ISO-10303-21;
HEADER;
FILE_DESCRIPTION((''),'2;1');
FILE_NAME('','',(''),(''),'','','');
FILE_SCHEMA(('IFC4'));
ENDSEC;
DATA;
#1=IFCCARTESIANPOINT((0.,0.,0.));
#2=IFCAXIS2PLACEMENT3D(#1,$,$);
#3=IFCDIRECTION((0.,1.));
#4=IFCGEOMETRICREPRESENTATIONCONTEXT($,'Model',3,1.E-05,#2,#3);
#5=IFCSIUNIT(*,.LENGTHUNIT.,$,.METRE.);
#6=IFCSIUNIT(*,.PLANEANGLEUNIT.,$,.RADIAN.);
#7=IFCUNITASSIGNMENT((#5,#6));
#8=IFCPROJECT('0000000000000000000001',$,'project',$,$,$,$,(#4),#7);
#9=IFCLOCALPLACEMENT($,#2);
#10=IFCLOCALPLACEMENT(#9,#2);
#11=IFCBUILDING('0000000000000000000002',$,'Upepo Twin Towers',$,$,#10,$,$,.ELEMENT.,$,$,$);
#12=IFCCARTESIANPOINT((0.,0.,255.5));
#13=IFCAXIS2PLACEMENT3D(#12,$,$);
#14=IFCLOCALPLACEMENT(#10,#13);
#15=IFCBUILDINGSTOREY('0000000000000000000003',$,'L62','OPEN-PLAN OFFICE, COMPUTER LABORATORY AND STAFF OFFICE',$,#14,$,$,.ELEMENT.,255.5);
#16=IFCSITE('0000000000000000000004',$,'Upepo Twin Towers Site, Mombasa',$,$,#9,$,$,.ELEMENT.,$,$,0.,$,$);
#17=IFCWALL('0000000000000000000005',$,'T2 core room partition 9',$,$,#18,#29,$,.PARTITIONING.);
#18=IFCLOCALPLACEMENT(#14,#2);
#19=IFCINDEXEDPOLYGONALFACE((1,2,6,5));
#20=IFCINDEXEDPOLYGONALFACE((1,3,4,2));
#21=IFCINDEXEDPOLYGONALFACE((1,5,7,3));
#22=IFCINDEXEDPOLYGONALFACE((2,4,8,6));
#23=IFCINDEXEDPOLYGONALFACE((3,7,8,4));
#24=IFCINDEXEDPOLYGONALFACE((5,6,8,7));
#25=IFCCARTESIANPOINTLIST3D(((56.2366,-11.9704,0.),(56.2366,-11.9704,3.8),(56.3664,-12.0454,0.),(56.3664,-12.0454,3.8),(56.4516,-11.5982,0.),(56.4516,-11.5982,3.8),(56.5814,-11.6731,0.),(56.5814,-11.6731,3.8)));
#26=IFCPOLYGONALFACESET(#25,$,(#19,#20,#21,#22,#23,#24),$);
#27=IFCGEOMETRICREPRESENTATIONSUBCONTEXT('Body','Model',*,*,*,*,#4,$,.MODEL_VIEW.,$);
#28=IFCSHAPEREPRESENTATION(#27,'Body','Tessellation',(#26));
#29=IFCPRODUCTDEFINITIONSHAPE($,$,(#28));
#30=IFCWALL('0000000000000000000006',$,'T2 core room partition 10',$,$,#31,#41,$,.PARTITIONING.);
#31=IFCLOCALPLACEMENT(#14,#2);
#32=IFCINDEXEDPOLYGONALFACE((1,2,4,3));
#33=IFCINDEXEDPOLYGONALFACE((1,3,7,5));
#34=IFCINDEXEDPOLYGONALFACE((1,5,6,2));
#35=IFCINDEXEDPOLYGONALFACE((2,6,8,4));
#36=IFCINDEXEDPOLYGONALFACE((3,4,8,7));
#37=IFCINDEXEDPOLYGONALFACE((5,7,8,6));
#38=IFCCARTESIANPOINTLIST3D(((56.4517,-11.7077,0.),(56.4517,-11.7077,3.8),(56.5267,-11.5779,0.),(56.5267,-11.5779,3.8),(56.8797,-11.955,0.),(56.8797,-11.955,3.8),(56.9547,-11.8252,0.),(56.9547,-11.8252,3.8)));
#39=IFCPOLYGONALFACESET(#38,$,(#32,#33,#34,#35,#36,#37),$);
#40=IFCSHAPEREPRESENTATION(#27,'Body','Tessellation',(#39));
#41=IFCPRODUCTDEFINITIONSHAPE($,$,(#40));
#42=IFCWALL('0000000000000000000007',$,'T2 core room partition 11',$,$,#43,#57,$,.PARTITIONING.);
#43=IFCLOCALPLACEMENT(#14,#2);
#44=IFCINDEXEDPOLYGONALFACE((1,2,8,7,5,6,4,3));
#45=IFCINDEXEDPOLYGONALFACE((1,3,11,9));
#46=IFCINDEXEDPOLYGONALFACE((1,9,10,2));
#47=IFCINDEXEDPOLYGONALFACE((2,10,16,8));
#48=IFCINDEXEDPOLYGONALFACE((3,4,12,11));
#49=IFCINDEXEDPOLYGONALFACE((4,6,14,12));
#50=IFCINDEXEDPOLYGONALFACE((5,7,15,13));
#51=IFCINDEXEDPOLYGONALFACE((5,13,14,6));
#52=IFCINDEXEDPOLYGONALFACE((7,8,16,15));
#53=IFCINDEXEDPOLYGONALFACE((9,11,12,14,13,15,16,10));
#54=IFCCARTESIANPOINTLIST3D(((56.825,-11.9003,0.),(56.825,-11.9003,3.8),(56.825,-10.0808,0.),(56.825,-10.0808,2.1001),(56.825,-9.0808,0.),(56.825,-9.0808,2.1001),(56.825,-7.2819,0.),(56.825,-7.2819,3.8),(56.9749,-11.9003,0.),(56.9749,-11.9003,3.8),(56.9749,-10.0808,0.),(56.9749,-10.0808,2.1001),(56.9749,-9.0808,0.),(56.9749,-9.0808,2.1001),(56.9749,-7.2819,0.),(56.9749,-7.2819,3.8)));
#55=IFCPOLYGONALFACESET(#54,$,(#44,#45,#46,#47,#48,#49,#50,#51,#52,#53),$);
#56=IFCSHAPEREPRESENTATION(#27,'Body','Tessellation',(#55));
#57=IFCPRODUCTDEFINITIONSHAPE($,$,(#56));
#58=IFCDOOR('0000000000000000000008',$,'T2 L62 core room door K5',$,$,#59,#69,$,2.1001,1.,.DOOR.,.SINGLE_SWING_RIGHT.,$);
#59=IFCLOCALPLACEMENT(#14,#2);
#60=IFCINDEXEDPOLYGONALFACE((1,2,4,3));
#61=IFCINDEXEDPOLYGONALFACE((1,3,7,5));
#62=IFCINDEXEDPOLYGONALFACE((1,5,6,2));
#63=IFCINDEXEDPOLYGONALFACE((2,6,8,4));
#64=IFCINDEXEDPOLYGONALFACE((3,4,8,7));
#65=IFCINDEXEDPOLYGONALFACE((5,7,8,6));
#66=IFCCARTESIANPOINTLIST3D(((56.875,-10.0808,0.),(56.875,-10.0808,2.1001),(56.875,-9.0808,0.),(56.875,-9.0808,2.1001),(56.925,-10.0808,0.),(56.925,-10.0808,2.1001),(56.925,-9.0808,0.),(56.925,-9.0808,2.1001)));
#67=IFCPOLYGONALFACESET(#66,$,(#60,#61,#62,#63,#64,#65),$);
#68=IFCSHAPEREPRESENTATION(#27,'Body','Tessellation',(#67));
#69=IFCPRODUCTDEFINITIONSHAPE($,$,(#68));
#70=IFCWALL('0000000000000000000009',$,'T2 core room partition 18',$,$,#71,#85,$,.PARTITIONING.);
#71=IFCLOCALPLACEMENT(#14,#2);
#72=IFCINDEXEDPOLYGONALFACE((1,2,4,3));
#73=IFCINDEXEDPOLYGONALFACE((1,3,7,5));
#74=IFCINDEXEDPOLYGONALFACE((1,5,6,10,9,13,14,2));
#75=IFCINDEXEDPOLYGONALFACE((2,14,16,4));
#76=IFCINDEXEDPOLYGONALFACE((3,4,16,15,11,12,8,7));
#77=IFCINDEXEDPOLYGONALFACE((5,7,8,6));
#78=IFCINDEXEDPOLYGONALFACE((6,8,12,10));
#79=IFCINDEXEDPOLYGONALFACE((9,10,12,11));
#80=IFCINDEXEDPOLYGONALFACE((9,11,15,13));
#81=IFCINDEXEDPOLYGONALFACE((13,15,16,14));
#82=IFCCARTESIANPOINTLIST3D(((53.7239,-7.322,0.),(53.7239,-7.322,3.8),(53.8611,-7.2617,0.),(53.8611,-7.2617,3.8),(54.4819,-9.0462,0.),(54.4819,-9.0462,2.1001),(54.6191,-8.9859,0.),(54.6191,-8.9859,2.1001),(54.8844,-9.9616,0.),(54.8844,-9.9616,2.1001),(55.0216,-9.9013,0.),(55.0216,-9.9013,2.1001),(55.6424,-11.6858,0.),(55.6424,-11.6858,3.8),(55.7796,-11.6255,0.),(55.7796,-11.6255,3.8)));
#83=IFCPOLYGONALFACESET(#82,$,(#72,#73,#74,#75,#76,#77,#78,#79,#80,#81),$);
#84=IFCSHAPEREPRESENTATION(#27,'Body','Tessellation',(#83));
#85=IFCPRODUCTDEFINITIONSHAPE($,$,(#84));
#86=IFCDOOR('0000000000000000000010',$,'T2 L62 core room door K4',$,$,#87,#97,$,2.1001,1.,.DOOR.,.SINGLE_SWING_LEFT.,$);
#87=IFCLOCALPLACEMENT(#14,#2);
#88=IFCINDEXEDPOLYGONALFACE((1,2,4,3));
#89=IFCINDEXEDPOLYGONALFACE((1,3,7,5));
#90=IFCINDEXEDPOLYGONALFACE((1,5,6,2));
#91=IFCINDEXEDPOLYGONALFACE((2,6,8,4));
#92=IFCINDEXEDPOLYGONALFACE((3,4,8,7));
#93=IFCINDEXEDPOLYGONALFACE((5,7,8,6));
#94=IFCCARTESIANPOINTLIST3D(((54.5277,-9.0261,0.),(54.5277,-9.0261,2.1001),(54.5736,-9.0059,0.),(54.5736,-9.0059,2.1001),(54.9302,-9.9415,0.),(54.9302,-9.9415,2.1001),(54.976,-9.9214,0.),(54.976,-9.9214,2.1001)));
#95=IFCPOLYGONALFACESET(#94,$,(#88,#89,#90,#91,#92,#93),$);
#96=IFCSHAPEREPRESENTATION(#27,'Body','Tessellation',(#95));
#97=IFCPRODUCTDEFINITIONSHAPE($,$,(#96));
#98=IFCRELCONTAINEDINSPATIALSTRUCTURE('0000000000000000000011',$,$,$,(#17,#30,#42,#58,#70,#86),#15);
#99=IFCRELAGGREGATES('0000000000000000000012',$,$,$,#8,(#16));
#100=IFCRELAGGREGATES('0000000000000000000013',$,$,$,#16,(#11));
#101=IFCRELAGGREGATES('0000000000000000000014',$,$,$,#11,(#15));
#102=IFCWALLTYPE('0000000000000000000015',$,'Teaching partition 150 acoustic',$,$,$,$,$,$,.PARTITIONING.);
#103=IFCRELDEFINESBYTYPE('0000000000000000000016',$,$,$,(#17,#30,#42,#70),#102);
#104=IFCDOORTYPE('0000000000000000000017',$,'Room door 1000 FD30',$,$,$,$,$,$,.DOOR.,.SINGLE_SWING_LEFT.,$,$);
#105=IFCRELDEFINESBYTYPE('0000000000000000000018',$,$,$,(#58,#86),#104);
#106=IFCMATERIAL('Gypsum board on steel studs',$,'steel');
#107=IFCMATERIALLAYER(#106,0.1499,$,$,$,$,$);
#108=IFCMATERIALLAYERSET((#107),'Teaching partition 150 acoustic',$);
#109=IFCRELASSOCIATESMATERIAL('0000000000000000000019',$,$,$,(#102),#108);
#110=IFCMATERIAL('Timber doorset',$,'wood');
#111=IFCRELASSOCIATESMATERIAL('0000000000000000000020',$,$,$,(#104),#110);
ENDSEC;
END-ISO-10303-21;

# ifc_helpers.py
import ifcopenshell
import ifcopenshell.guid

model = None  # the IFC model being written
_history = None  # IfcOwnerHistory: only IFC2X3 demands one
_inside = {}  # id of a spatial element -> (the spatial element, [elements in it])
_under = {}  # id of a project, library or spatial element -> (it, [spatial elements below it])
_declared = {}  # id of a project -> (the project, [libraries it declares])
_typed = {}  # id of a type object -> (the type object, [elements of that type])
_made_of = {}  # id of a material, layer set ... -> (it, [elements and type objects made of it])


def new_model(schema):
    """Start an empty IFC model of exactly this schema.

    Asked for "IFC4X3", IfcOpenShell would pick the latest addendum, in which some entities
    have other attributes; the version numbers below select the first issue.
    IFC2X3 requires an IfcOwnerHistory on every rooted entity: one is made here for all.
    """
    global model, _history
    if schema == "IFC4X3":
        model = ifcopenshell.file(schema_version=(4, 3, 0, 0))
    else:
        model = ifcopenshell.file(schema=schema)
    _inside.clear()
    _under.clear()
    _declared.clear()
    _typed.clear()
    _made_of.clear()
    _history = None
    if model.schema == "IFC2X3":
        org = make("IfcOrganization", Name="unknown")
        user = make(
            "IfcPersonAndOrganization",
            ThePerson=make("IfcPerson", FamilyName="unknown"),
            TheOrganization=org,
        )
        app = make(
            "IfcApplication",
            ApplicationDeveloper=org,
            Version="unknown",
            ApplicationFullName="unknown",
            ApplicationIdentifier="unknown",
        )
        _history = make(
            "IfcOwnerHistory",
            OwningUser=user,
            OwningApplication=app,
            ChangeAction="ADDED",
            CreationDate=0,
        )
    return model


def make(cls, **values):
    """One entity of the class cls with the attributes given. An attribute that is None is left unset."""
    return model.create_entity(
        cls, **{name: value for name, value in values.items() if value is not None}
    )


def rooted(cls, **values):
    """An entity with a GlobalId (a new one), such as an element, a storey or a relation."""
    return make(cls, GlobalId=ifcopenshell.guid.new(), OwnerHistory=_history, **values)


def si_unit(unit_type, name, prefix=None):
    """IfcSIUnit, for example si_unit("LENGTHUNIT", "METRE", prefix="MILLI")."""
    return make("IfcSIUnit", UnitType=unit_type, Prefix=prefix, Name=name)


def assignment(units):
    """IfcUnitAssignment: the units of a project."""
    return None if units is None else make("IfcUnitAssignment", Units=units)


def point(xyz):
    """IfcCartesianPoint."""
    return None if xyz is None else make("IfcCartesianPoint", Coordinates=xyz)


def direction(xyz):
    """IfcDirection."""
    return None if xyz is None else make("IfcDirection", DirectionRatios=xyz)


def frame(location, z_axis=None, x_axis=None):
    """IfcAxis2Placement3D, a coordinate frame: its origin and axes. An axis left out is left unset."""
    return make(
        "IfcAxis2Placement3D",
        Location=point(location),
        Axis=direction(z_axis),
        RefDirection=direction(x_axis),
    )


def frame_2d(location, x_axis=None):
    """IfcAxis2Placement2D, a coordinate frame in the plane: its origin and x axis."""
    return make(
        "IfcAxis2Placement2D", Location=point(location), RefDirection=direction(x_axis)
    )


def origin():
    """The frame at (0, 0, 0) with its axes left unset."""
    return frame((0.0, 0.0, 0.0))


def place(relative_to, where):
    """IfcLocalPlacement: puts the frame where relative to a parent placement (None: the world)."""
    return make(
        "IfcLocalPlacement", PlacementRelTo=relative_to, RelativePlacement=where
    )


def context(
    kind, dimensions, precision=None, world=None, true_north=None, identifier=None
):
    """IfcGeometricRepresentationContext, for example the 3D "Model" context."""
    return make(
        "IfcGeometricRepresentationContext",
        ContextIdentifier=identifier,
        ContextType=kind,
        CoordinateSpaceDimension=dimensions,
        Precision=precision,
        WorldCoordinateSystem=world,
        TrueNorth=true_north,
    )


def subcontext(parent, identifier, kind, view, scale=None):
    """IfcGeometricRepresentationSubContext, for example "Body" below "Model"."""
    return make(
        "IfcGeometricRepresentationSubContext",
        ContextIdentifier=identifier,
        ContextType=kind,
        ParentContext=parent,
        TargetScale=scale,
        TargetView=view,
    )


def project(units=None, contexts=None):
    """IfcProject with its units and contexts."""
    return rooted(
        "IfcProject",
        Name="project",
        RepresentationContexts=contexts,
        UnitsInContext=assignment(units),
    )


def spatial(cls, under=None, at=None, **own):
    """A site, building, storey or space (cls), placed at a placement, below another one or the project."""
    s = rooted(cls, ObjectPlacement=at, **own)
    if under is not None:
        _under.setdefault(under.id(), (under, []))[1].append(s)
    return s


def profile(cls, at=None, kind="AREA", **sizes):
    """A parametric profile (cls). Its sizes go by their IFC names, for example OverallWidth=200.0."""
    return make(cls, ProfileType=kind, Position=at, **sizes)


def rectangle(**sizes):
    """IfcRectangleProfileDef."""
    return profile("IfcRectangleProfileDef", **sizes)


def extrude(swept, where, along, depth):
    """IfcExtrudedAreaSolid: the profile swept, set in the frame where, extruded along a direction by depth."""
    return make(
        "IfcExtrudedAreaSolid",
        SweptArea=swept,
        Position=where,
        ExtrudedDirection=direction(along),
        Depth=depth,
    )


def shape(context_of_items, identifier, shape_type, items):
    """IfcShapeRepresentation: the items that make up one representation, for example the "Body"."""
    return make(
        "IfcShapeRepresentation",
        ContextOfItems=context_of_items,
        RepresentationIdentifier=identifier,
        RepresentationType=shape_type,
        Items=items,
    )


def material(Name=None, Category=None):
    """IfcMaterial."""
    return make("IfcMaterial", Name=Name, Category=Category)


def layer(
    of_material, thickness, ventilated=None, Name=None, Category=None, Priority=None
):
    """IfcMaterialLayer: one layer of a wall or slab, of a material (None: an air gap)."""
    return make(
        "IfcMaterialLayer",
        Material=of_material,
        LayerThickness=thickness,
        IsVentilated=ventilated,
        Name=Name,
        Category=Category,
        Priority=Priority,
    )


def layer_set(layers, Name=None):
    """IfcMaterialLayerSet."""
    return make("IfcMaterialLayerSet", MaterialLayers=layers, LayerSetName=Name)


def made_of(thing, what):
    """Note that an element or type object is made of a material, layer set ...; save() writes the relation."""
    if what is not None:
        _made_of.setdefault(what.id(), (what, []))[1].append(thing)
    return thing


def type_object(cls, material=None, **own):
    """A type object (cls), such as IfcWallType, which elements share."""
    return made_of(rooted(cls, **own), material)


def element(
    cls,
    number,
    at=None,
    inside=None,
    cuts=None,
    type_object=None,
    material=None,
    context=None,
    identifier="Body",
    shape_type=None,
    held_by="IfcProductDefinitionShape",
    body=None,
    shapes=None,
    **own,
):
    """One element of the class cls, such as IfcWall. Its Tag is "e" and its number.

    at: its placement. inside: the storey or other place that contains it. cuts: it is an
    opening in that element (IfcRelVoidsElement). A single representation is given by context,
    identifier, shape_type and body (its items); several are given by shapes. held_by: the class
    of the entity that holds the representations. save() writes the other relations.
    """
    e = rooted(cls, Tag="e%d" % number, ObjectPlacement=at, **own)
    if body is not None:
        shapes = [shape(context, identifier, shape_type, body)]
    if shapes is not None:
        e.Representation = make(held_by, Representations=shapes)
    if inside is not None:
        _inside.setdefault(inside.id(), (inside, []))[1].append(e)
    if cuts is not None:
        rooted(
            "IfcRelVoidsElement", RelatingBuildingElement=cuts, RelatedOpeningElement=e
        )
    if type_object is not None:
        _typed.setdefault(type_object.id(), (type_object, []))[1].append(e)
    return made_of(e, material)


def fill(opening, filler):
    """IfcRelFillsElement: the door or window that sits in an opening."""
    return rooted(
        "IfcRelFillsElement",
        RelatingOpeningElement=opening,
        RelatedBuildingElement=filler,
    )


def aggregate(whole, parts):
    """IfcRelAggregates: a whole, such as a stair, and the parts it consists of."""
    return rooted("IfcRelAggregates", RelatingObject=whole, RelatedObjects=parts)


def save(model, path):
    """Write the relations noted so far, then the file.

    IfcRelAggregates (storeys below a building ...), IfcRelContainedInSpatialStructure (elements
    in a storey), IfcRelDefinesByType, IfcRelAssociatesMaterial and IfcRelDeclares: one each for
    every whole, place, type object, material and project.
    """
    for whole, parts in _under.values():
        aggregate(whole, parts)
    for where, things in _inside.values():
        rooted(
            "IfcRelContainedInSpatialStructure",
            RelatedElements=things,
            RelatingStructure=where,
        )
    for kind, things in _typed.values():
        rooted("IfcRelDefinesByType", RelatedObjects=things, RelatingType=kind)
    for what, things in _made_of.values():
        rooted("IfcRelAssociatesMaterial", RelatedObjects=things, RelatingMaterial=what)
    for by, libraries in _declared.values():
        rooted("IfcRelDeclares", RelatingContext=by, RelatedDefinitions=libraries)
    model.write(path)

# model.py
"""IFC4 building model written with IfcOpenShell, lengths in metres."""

from ifc_helpers import new_model, si_unit, direction, frame, frame_2d, origin, place, context, subcontext, project, spatial, rectangle, extrude, material, layer, layer_set, type_object, element, fill, save


model = new_model("IFC4")

# Units and contexts
model_context = context("Model", 3, precision=1e-05, world=origin(), true_north=direction((0.0, 1.0)))
body_context = subcontext(model_context, "Body", "Model", "MODEL_VIEW")
ifc_project = project(units=[si_unit("LENGTHUNIT", "METRE"), si_unit("PLANEANGLEUNIT", "RADIAN")], contexts=[model_context])

# Site, building, storey
site_placement = place(None, origin())
site = spatial("IfcSite", under=ifc_project, at=site_placement, Name="Upepo Twin Towers Site, Mombasa", CompositionType="ELEMENT", RefElevation=0.0)
building_placement = place(site_placement, origin())
building = spatial("IfcBuilding", under=site, at=building_placement, Name="Upepo Twin Towers", CompositionType="ELEMENT")
storey_placement = place(building_placement, frame((0.0, 0.0, 255.5)))
storey = spatial("IfcBuildingStorey", under=building, at=storey_placement, Name="L62", Description="OPEN-PLAN OFFICE, COMPUTER LABORATORY AND STAFF OFFICE", CompositionType="ELEMENT", Elevation=255.5)

# Shared definitions
ifc_material_1 = material(Name="Gypsum board on steel studs", Category="steel")
ifc_layer_1 = layer(ifc_material_1, 0.1499)
ifc_layer_set_1 = layer_set([ifc_layer_1], Name="Teaching partition 150 acoustic")
wall_type_1 = type_object("IfcWallType", Name="Teaching partition 150 acoustic", PredefinedType="PARTITIONING", material=ifc_layer_set_1)

# Walls
wall_1_placement = place(storey_placement, frame((56.3015, -12.0078, 0.0), z_axis=(0.0, 0.0, 1.0), x_axis=(0.50023, 0.865892, 0.0)))
element("IfcWall", 1, at=wall_1_placement, inside=storey, type_object=wall_type_1, Name="T2 core room partition 9", PredefinedType="PARTITIONING", context=body_context, shape_type="SweptSolid", body=[
    extrude(rectangle(XDim=0.4299, YDim=0.1499, at=frame_2d((0.2148, 0.0))), origin(), (0.0, 0.0, 1.0), 3.8),
])
wall_2_placement = place(storey_placement, frame((56.4893, -11.6428, 0.0), z_axis=(0.0, 0.0, 1.0), x_axis=(0.865832, -0.500335, 0.0)))
element("IfcWall", 2, at=wall_2_placement, inside=storey, type_object=wall_type_1, Name="T2 core room partition 10", PredefinedType="PARTITIONING", context=body_context, shape_type="SweptSolid", body=[
    extrude(rectangle(XDim=0.4944, YDim=0.1499, at=frame_2d((0.2471, 0.0))), origin(), (0.0, 0.0, 1.0), 3.8),
])

# Walls, openings, doors
wall_3_placement = place(storey_placement, frame((56.8999, -11.9001, 0.0), z_axis=(0.0, 0.0, 1.0), x_axis=(0.0, 1.0, 0.0)))
wall_3 = element("IfcWall", 3, at=wall_3_placement, inside=storey, type_object=wall_type_1, Name="T2 core room partition 11", PredefinedType="PARTITIONING", context=body_context, shape_type="SweptSolid", body=[
    extrude(rectangle(XDim=4.6184, YDim=0.1499, at=frame_2d((2.3091, 0.0))), origin(), (0.0, 0.0, 1.0), 3.8),
])
opening_1_placement = place(wall_3_placement, frame((1.8193, 0.0, 0.0)))
opening_1 = element("IfcOpeningElement", 4, at=opening_1_placement, cuts=wall_3, PredefinedType="OPENING", context=body_context, shape_type="SweptSolid", body=[
    extrude(rectangle(XDim=1.0, YDim=2.1001, at=frame_2d((0.5, 1.05))), frame((0.0, 0.085, 0.0), z_axis=(0.0, -1.0, 0.0), x_axis=(1.0, 0.0, 0.0)), (0.0, 0.0, 1.0), 0.1699),
])
ifc_material_2 = material(Name="Timber doorset", Category="wood")
door_type_1 = type_object("IfcDoorType", Name="Room door 1000 FD30", OperationType="SINGLE_SWING_LEFT", PredefinedType="DOOR", material=ifc_material_2)
door_1_placement = place(opening_1_placement, origin())
door_1 = element("IfcDoor", 5, at=door_1_placement, inside=storey, type_object=door_type_1, Name="T2 L62 core room door K5", OperationType="SINGLE_SWING_RIGHT", OverallHeight=2.1001, OverallWidth=1.0, PredefinedType="DOOR", context=body_context, shape_type="SweptSolid", body=[
    extrude(rectangle(XDim=1.0, YDim=2.1001, at=frame_2d((0.5, 1.05))), frame((0.0, 0.0249, 0.0), z_axis=(0.0, -1.0, 0.0), x_axis=(1.0, 0.0, 0.0)), (0.0, 0.0, 1.0), 0.05),
])
fill(opening_1, door_1)
wall_4_placement = place(storey_placement, frame((55.7109, -11.6555, 0.0), z_axis=(0.0, 0.0, 1.0), x_axis=(-0.402457, 0.915439, 0.0)))
wall_4 = element("IfcWall", 6, at=wall_4_placement, inside=storey, type_object=wall_type_1, Name="T2 core room partition 18", PredefinedType="PARTITIONING", context=body_context, shape_type="SweptSolid", body=[
    extrude(rectangle(XDim=4.7668, YDim=0.1499, at=frame_2d((2.3833, 0.0))), origin(), (0.0, 0.0, 1.0), 3.8),
])
opening_2_placement = place(wall_4_placement, frame((1.8833, 0.0, 0.0)))
opening_2 = element("IfcOpeningElement", 7, at=opening_2_placement, cuts=wall_4, PredefinedType="OPENING", context=body_context, shape_type="SweptSolid", body=[
    extrude(rectangle(XDim=1.0, YDim=2.1001, at=frame_2d((0.5, 1.05))), frame((0.0, 0.085, 0.0), z_axis=(0.0, -1.0, 0.0), x_axis=(1.0, 0.0, 0.0)), (0.0, 0.0, 1.0), 0.1699),
])
door_2_placement = place(opening_2_placement, origin())
door_2 = element("IfcDoor", 8, at=door_2_placement, inside=storey, type_object=door_type_1, Name="T2 L62 core room door K4", OperationType="SINGLE_SWING_LEFT", OverallHeight=2.1001, OverallWidth=1.0, PredefinedType="DOOR", context=body_context, shape_type="SweptSolid", body=[
    extrude(rectangle(XDim=1.0, YDim=2.1001, at=frame_2d((0.5, 1.05))), frame((0.0, 0.0249, 0.0), z_axis=(0.0, -1.0, 0.0), x_axis=(1.0, 0.0, 0.0)), (0.0, 0.0, 1.0), 0.05),
])
fill(opening_2, door_2)

save(model, "model.ifc")
